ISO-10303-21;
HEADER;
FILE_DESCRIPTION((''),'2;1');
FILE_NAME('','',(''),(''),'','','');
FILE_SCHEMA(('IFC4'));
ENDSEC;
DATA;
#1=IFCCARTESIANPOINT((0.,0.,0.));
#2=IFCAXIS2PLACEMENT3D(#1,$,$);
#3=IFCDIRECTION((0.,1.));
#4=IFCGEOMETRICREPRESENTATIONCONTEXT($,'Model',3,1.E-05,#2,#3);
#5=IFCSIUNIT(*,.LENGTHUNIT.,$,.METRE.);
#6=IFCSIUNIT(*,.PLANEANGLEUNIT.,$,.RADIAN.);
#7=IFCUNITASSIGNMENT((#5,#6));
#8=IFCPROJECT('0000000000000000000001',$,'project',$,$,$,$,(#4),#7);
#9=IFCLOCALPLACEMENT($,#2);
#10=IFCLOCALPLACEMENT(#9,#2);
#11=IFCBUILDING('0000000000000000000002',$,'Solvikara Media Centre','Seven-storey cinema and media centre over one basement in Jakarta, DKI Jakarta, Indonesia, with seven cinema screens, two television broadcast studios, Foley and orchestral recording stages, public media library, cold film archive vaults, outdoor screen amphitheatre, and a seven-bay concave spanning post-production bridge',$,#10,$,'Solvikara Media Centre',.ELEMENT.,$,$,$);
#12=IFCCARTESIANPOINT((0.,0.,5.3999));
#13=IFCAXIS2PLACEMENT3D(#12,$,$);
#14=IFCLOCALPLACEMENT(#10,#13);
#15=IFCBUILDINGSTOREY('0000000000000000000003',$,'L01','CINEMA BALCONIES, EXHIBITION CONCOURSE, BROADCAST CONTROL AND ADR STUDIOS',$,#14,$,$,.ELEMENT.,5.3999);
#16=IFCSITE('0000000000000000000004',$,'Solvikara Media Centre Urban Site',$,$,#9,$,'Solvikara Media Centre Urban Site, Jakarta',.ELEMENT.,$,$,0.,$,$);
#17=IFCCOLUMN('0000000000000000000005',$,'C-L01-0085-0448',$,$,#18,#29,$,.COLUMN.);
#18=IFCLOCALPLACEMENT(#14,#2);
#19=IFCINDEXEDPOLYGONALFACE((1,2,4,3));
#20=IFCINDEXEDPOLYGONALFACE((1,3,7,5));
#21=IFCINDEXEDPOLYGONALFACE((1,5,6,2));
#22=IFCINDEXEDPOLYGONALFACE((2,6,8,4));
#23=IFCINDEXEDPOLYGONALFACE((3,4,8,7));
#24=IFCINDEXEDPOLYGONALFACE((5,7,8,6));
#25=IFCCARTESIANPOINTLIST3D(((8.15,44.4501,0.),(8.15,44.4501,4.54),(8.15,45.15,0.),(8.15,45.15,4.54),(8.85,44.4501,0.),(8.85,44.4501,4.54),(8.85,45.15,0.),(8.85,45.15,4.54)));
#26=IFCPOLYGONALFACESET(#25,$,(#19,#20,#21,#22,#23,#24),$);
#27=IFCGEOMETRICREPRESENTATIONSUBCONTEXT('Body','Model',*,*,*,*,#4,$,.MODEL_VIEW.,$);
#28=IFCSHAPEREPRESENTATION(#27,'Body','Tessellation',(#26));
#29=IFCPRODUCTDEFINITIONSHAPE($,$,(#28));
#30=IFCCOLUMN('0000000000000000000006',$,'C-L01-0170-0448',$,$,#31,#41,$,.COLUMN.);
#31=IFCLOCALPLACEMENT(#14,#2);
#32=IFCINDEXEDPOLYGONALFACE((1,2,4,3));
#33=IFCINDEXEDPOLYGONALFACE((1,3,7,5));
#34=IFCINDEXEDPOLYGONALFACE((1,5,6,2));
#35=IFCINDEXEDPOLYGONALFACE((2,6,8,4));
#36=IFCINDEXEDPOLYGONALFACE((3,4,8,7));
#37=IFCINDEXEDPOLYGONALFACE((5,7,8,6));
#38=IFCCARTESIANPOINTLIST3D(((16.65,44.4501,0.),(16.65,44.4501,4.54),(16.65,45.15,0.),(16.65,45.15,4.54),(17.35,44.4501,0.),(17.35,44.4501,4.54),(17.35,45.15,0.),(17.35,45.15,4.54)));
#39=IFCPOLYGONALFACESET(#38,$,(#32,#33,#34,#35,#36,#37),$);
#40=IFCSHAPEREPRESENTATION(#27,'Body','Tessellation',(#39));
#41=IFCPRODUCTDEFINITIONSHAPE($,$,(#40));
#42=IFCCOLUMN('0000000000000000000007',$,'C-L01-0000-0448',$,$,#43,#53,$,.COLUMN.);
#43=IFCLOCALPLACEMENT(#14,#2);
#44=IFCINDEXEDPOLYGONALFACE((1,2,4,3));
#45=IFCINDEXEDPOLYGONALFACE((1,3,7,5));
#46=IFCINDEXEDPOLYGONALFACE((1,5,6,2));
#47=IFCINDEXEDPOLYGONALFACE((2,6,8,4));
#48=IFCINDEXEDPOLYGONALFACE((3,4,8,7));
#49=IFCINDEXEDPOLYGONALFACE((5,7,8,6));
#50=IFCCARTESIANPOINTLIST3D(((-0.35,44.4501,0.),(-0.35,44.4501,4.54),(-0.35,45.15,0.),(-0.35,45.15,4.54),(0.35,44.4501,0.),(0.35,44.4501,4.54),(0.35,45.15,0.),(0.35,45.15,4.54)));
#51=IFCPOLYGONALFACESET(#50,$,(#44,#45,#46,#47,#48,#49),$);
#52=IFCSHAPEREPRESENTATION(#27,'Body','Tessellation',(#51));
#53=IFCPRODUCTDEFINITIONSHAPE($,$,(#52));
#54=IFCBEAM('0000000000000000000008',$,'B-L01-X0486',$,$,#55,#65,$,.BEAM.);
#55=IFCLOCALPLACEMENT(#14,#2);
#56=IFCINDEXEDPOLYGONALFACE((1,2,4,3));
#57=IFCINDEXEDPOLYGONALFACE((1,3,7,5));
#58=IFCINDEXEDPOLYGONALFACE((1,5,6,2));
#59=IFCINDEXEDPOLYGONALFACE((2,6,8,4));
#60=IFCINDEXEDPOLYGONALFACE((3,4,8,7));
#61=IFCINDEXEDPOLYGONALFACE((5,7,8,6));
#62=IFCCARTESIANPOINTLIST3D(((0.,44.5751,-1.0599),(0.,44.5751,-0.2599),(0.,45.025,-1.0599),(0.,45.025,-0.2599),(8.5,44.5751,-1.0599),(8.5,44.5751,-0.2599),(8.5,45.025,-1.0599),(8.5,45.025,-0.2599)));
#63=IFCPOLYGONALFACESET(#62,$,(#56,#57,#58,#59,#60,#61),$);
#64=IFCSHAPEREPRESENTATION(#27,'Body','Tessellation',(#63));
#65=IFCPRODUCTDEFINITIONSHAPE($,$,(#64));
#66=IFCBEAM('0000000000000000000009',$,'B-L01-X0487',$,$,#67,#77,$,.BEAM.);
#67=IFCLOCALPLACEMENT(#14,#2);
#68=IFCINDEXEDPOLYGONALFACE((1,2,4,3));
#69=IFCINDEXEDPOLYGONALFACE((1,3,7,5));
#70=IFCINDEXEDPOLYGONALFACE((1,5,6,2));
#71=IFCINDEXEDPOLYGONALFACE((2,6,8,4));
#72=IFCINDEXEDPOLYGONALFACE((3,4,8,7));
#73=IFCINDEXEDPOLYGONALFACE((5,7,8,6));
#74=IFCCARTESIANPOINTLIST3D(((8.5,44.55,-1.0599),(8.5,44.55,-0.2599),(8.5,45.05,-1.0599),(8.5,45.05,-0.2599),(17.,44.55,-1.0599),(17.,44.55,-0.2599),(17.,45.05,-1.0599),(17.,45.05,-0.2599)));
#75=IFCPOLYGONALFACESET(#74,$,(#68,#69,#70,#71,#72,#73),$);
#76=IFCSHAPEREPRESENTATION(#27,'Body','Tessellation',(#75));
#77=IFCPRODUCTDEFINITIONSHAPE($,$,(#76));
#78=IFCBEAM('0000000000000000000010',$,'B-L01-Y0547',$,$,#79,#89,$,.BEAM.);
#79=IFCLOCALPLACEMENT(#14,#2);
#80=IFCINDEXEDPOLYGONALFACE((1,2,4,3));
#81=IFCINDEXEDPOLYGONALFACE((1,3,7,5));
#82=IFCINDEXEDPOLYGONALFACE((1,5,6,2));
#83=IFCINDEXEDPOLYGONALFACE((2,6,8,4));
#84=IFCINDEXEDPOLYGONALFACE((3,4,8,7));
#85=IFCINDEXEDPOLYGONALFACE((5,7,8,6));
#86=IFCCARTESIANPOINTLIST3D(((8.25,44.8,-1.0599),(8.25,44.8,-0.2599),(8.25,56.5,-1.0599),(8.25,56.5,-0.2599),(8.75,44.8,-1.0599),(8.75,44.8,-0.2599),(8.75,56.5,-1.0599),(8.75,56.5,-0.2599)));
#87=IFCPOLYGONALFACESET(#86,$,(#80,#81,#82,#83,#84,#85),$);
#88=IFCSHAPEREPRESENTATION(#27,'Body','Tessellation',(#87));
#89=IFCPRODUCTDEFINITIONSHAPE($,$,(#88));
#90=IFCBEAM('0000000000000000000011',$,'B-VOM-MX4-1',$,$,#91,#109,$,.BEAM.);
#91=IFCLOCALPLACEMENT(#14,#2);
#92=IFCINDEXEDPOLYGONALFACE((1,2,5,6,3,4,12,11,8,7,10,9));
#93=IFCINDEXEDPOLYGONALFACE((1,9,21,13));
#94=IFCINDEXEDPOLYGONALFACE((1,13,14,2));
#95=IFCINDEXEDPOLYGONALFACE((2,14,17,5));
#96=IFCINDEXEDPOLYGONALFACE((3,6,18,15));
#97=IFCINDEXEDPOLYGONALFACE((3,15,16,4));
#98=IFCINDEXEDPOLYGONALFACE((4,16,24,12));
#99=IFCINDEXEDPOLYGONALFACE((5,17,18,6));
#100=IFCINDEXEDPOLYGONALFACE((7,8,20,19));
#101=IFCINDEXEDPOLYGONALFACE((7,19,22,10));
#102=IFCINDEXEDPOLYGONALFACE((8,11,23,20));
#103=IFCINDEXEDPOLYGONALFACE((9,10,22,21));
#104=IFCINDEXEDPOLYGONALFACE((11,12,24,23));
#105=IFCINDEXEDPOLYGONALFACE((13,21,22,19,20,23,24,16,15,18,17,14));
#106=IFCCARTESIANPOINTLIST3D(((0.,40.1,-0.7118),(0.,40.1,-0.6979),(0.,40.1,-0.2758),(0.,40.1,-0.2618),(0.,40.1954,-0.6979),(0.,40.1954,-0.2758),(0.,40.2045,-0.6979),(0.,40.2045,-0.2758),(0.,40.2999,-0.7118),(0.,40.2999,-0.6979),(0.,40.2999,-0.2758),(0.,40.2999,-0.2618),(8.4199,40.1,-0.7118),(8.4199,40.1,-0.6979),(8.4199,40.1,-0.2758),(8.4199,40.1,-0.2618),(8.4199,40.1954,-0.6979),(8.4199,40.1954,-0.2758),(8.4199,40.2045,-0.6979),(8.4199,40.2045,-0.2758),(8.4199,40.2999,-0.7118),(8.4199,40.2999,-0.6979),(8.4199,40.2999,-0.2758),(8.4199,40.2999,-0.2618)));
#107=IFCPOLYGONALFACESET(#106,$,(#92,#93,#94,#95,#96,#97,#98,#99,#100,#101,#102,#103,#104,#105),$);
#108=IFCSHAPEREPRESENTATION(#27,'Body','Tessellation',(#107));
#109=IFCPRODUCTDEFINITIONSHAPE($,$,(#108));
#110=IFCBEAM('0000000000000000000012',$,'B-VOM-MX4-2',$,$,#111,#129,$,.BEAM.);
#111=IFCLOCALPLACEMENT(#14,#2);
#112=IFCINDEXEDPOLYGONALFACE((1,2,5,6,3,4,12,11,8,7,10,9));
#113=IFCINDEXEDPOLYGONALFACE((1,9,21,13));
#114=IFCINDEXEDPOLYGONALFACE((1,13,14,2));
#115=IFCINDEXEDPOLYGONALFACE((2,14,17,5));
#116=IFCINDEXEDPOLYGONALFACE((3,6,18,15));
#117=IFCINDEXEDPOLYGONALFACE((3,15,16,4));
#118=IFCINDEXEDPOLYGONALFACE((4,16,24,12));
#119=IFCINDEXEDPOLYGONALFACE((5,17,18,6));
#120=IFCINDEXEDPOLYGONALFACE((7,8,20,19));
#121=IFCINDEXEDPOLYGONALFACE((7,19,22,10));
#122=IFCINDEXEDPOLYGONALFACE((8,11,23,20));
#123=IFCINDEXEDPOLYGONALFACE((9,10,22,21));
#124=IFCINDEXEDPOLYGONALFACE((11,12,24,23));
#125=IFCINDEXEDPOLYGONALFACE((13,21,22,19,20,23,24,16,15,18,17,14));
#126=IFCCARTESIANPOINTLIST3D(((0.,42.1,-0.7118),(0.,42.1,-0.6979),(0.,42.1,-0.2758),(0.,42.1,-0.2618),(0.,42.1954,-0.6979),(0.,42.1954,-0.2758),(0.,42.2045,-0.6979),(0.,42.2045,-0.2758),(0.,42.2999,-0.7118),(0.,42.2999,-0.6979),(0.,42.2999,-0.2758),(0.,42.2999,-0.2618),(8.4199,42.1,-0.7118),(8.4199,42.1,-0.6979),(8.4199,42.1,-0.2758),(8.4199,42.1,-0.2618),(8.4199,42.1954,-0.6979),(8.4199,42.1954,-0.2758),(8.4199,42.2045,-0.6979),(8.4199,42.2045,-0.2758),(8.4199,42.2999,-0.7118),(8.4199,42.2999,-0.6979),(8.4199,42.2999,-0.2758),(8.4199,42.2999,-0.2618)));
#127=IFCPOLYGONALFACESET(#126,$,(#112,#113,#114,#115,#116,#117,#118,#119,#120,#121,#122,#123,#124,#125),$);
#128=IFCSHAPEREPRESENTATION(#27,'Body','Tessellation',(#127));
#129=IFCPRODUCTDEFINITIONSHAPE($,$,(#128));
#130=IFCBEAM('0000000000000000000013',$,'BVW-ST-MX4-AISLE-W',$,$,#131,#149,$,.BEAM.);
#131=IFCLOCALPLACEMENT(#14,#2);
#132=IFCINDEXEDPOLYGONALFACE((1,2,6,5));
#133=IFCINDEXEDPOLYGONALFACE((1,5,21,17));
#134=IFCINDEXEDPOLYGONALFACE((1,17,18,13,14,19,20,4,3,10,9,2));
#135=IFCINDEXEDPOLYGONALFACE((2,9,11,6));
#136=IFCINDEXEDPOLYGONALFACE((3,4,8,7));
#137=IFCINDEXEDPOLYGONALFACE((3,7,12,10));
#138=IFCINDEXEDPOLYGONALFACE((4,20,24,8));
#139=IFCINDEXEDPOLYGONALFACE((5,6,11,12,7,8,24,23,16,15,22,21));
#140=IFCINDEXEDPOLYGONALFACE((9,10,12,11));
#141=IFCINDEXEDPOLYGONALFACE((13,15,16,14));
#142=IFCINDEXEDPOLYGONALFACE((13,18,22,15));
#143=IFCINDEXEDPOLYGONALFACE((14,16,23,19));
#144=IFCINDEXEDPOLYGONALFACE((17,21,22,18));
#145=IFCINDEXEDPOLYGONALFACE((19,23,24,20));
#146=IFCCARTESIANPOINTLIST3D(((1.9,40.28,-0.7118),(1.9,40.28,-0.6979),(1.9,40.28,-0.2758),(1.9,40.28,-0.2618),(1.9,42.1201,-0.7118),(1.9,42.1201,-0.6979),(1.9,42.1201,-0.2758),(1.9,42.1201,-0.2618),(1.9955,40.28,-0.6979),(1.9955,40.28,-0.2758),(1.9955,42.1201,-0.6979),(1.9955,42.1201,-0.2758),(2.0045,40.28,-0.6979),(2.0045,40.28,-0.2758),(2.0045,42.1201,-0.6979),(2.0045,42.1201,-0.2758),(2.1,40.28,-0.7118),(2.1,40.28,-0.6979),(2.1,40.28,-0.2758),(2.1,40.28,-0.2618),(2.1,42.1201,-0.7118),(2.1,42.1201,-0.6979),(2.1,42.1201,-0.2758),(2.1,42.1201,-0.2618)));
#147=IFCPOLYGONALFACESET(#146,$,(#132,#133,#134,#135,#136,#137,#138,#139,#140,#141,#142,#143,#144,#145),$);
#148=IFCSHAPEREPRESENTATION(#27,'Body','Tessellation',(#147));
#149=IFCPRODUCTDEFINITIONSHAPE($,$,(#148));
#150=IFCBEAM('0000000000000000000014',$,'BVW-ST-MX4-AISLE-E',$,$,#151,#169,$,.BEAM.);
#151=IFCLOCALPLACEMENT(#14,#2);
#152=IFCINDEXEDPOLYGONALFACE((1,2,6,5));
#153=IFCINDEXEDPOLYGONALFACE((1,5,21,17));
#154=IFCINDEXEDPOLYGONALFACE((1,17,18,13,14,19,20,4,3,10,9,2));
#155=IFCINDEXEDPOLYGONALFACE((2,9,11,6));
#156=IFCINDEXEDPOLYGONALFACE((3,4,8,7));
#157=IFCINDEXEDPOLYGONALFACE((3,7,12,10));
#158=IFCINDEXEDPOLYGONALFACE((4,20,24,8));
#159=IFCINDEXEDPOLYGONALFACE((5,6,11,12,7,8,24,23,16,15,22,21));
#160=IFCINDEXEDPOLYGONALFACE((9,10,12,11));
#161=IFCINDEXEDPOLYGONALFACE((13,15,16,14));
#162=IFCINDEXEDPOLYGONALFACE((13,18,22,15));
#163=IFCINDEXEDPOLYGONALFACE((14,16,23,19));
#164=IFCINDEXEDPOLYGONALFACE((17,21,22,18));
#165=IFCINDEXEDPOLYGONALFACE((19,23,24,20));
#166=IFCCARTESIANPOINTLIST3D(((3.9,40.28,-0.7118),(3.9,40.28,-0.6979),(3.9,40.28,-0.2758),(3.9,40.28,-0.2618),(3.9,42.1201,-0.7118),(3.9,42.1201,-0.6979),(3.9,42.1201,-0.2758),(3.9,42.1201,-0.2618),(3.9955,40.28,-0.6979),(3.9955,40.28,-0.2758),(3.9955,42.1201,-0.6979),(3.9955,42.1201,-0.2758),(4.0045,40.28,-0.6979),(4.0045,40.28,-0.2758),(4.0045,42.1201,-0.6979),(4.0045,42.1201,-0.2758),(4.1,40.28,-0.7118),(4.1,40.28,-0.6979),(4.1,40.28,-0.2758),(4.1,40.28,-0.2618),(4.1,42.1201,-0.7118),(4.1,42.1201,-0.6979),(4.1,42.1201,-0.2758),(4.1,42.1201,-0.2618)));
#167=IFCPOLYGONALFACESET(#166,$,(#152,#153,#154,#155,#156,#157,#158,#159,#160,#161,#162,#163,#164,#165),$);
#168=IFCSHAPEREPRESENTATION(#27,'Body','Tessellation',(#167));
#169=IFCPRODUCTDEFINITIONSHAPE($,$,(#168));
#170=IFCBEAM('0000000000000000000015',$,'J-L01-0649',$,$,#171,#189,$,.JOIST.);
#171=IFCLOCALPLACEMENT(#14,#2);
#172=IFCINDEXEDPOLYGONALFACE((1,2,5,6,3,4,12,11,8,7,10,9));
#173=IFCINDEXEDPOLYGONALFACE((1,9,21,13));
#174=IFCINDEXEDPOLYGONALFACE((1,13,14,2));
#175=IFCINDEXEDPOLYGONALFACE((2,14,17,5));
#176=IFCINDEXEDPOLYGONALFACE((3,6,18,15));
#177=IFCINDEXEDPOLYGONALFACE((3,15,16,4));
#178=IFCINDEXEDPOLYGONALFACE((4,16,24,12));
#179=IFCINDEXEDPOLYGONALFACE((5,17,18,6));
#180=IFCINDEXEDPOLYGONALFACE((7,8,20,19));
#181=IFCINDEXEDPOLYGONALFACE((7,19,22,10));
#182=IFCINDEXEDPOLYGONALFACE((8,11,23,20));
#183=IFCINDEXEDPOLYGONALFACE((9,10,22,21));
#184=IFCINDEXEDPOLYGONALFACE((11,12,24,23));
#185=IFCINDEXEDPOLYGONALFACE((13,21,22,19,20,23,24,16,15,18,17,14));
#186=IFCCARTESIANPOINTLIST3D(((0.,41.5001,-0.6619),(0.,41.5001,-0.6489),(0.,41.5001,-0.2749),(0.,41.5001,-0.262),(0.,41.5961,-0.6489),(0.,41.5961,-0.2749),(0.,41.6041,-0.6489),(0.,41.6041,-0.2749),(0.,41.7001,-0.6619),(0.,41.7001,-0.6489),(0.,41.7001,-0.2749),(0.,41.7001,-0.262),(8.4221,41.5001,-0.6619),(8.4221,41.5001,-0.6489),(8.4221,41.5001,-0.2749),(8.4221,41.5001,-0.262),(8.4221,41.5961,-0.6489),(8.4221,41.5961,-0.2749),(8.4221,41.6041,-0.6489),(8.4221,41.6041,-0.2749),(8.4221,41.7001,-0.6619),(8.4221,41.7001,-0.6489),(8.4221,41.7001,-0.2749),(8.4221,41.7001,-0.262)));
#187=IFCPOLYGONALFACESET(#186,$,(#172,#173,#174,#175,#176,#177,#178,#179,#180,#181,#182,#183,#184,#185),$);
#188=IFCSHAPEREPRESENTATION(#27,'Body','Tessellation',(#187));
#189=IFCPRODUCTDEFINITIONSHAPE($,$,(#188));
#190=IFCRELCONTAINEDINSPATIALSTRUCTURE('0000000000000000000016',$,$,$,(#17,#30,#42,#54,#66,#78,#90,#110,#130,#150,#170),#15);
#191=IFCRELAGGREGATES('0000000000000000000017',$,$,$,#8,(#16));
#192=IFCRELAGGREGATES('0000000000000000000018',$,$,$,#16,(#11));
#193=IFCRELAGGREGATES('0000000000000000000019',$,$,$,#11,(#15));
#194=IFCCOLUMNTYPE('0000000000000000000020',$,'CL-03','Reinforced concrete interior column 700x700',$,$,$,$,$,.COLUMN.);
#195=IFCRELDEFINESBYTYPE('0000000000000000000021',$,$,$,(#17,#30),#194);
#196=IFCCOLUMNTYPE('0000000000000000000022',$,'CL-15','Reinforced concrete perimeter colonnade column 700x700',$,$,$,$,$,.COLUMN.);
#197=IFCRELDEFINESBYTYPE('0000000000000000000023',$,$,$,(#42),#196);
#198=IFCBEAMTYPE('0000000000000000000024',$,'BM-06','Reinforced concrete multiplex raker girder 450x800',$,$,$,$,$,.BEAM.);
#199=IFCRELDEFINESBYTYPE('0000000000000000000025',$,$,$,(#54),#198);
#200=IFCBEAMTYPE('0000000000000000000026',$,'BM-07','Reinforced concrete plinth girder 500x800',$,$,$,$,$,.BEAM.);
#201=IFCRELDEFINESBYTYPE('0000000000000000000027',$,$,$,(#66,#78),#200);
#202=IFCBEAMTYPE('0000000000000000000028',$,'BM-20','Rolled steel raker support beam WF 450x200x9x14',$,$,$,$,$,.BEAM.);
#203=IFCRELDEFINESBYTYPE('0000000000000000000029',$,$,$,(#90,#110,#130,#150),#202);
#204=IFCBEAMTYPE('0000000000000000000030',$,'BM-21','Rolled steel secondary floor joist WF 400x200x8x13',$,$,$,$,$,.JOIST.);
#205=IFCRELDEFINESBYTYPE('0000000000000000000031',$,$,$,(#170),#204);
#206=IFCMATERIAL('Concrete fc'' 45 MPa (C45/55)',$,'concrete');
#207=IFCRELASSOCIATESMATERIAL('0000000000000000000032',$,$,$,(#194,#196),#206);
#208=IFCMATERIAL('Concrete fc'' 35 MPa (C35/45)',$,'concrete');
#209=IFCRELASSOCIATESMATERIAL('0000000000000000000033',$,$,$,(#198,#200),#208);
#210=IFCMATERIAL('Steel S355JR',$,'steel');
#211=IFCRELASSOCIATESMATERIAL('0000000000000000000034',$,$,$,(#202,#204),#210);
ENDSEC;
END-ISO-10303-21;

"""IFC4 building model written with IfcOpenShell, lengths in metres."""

from ifc_helpers import new_model, si_unit, direction, frame, origin, origin_2d, place, context, subcontext, project, spatial, rectangle, i_section, extrude, material, material_profile, profile_set, type_object, element, save


model = new_model("IFC4")

# Units and contexts
model_context = context("Model", 3, precision=1e-05, world=origin(), true_north=direction((0.0, 1.0)))
body_context = subcontext(model_context, "Body", "Model", "MODEL_VIEW")
ifc_project = project(units=[si_unit("LENGTHUNIT", "METRE"), si_unit("PLANEANGLEUNIT", "RADIAN")], contexts=[model_context])

# Site, building, storey
site_placement = place(None, origin())
site = spatial("IfcSite", under=ifc_project, at=site_placement, Name="Solvikara Media Centre Urban Site", LongName="Solvikara Media Centre Urban Site, Jakarta", CompositionType="ELEMENT", RefElevation=0.0)
building_placement = place(site_placement, origin())
building = spatial("IfcBuilding", under=site, at=building_placement, Name="Solvikara Media Centre", Description="Seven-storey cinema and media centre over one basement in Jakarta, DKI Jakarta, Indonesia, with seven cinema screens, two television broadcast studios, Foley and orchestral recording stages, public media library, cold film archive vaults, outdoor screen amphitheatre, and a seven-bay concave spanning post-production bridge", LongName="Solvikara Media Centre", CompositionType="ELEMENT")
storey_placement = place(building_placement, frame((0.0, 0.0, 5.3999)))
storey = spatial("IfcBuildingStorey", under=building, at=storey_placement, Name="L01", Description="CINEMA BALCONIES, EXHIBITION CONCOURSE, BROADCAST CONTROL AND ADR STUDIOS", CompositionType="ELEMENT", Elevation=5.3999)

# Columns
ifc_material_1 = material(Name="Concrete fc' 45 MPa (C45/55)", Category="concrete")
ifc_material_profile_1 = material_profile(ifc_material_1, rectangle(XDim=0.7, YDim=0.7, at=origin_2d()), Name="RC 700x700")
ifc_profile_set_1 = profile_set([ifc_material_profile_1], Name="Concrete fc' 45 MPa (C45/55)")
column_type_1 = type_object("IfcColumnType", Name="CL-03", Description="Reinforced concrete interior column 700x700", PredefinedType="COLUMN", material=ifc_profile_set_1)
for number, where, z_axis, x_axis, name in (
    (1, (8.5, 44.8, 0.0), (0.0, 0.0, 1.0), (1.0, 0.0, 0.0), "C-L01-0085-0448"),
    (2, (17.0, 44.8, 0.0), (0.0, 0.0, 1.0), (1.0, 0.0, 0.0), "C-L01-0170-0448"),
):
    element("IfcColumn", number, at=place(storey_placement, frame(where, z_axis=z_axis, x_axis=x_axis)), inside=storey, type_object=column_type_1, Name=name, PredefinedType="COLUMN", context=body_context, shape_type="SweptSolid", body=[
        extrude(rectangle(XDim=0.7, YDim=0.7, at=origin_2d()), origin(), (0.0, 0.0, 1.0), 4.54),
    ])
ifc_material_profile_2 = material_profile(ifc_material_1, rectangle(XDim=0.7, YDim=0.7, at=origin_2d()), Name="RC 700x700")
ifc_profile_set_2 = profile_set([ifc_material_profile_2], Name="Concrete fc' 45 MPa (C45/55)")
column_type_2 = type_object("IfcColumnType", Name="CL-15", Description="Reinforced concrete perimeter colonnade column 700x700", PredefinedType="COLUMN", material=ifc_profile_set_2)
column_placement = place(storey_placement, frame((0.0, 44.8, 0.0), z_axis=(0.0, 0.0, 1.0), x_axis=(1.0, 0.0, 0.0)))
element("IfcColumn", 3, at=column_placement, inside=storey, type_object=column_type_2, Name="C-L01-0000-0448", PredefinedType="COLUMN", context=body_context, shape_type="SweptSolid", body=[
    extrude(rectangle(XDim=0.7, YDim=0.7, at=origin_2d()), origin(), (0.0, 0.0, 1.0), 4.54),
])

# Beams
ifc_material_2 = material(Name="Concrete fc' 35 MPa (C35/45)", Category="concrete")
ifc_material_profile_3 = material_profile(ifc_material_2, rectangle(XDim=0.45, YDim=0.8, at=origin_2d()), Name="RC 450x800")
ifc_profile_set_3 = profile_set([ifc_material_profile_3], Name="Concrete fc' 35 MPa (C35/45)")
beam_type_1 = type_object("IfcBeamType", Name="BM-06", Description="Reinforced concrete multiplex raker girder 450x800", PredefinedType="BEAM", material=ifc_profile_set_3)
beam_1_placement = place(storey_placement, frame((0.0, 44.8, -0.6599), z_axis=(1.0, 0.0, 0.0), x_axis=(0.0, 1.0, 0.0)))
element("IfcBeam", 4, at=beam_1_placement, inside=storey, type_object=beam_type_1, Name="B-L01-X0486", PredefinedType="BEAM", context=body_context, shape_type="SweptSolid", body=[
    extrude(rectangle(XDim=0.45, YDim=0.8, at=origin_2d()), origin(), (0.0, 0.0, 1.0), 8.5),
])
ifc_material_profile_4 = material_profile(ifc_material_2, rectangle(XDim=0.5, YDim=0.8, at=origin_2d()), Name="RC 500x800")
ifc_profile_set_4 = profile_set([ifc_material_profile_4], Name="Concrete fc' 35 MPa (C35/45)")
beam_type_2 = type_object("IfcBeamType", Name="BM-07", Description="Reinforced concrete plinth girder 500x800", PredefinedType="BEAM", material=ifc_profile_set_4)
beam_2_placement = place(storey_placement, frame((8.5, 44.8, -0.6599), z_axis=(1.0, 0.0, 0.0), x_axis=(0.0, 1.0, 0.0)))
element("IfcBeam", 5, at=beam_2_placement, inside=storey, type_object=beam_type_2, Name="B-L01-X0487", PredefinedType="BEAM", context=body_context, shape_type="SweptSolid", body=[
    extrude(rectangle(XDim=0.5, YDim=0.8, at=origin_2d()), origin(), (0.0, 0.0, 1.0), 8.5),
])
beam_3_placement = place(storey_placement, frame((8.5, 44.8, -0.6599), z_axis=(0.0, 1.0, 0.0), x_axis=(-1.0, 0.0, 0.0)))
element("IfcBeam", 6, at=beam_3_placement, inside=storey, type_object=beam_type_2, Name="B-L01-Y0547", PredefinedType="BEAM", context=body_context, shape_type="SweptSolid", body=[
    extrude(rectangle(XDim=0.5, YDim=0.8, at=origin_2d()), origin(), (0.0, 0.0, 1.0), 11.7),
])
ifc_material_3 = material(Name="Steel S355JR", Category="steel")
ifc_material_profile_5 = material_profile(ifc_material_3, i_section(OverallWidth=0.2, OverallDepth=0.45, WebThickness=0.009, FlangeThickness=0.0139, at=origin_2d()), Name="WF 450x200x9x14")
ifc_profile_set_5 = profile_set([ifc_material_profile_5], Name="Steel S355JR")
beam_type_3 = type_object("IfcBeamType", Name="BM-20", Description="Rolled steel raker support beam WF 450x200x9x14", PredefinedType="BEAM", material=ifc_profile_set_5)
for number, where, z_axis, x_axis, name in (
    (7, (0.0, 40.2, -0.4868), (1.0, 0.0, 0.0), (0.0, 1.0, 0.0), "B-VOM-MX4-1"),
    (8, (0.0, 42.2, -0.4868), (1.0, 0.0, 0.0), (0.0, 1.0, 0.0), "B-VOM-MX4-2"),
):
    element("IfcBeam", number, at=place(storey_placement, frame(where, z_axis=z_axis, x_axis=x_axis)), inside=storey, type_object=beam_type_3, Name=name, PredefinedType="BEAM", context=body_context, shape_type="SweptSolid", body=[
        extrude(i_section(OverallWidth=0.2, OverallDepth=0.45, WebThickness=0.009, FlangeThickness=0.0139, at=origin_2d()), origin(), (0.0, 0.0, 1.0), 8.4199),
    ])
for number, where, z_axis, x_axis, name in (
    (9, (2.0, 40.28, -0.4868), (0.0, 1.0, 0.0), (-1.0, 0.0, 0.0), "BVW-ST-MX4-AISLE-W"),
    (10, (4.0, 40.28, -0.4868), (0.0, 1.0, 0.0), (-1.0, 0.0, 0.0), "BVW-ST-MX4-AISLE-E"),
):
    element("IfcBeam", number, at=place(storey_placement, frame(where, z_axis=z_axis, x_axis=x_axis)), inside=storey, type_object=beam_type_3, Name=name, PredefinedType="BEAM", context=body_context, shape_type="SweptSolid", body=[
        extrude(i_section(OverallWidth=0.2, OverallDepth=0.45, WebThickness=0.009, FlangeThickness=0.0139, at=origin_2d()), origin(), (0.0, 0.0, 1.0), 1.8401),
    ])
ifc_material_profile_6 = material_profile(ifc_material_3, i_section(OverallWidth=0.2, OverallDepth=0.3999, WebThickness=0.0081, FlangeThickness=0.0129, at=origin_2d()), Name="WF 400x200x8x13")
ifc_profile_set_6 = profile_set([ifc_material_profile_6], Name="Steel S355JR")
beam_type_4 = type_object("IfcBeamType", Name="BM-21", Description="Rolled steel secondary floor joist WF 400x200x8x13", PredefinedType="JOIST", material=ifc_profile_set_6)
beam_4_placement = place(storey_placement, frame((0.0, 41.6001, -0.4619), z_axis=(1.0, 0.0, 0.0), x_axis=(0.0, 1.0, 0.0)))
element("IfcBeam", 11, at=beam_4_placement, inside=storey, type_object=beam_type_4, Name="J-L01-0649", PredefinedType="JOIST", context=body_context, shape_type="SweptSolid", body=[
    extrude(i_section(OverallWidth=0.2, OverallDepth=0.3999, WebThickness=0.0081, FlangeThickness=0.0129, at=origin_2d()), origin(), (0.0, 0.0, 1.0), 8.4221),
])

save(model, "model.ifc")
